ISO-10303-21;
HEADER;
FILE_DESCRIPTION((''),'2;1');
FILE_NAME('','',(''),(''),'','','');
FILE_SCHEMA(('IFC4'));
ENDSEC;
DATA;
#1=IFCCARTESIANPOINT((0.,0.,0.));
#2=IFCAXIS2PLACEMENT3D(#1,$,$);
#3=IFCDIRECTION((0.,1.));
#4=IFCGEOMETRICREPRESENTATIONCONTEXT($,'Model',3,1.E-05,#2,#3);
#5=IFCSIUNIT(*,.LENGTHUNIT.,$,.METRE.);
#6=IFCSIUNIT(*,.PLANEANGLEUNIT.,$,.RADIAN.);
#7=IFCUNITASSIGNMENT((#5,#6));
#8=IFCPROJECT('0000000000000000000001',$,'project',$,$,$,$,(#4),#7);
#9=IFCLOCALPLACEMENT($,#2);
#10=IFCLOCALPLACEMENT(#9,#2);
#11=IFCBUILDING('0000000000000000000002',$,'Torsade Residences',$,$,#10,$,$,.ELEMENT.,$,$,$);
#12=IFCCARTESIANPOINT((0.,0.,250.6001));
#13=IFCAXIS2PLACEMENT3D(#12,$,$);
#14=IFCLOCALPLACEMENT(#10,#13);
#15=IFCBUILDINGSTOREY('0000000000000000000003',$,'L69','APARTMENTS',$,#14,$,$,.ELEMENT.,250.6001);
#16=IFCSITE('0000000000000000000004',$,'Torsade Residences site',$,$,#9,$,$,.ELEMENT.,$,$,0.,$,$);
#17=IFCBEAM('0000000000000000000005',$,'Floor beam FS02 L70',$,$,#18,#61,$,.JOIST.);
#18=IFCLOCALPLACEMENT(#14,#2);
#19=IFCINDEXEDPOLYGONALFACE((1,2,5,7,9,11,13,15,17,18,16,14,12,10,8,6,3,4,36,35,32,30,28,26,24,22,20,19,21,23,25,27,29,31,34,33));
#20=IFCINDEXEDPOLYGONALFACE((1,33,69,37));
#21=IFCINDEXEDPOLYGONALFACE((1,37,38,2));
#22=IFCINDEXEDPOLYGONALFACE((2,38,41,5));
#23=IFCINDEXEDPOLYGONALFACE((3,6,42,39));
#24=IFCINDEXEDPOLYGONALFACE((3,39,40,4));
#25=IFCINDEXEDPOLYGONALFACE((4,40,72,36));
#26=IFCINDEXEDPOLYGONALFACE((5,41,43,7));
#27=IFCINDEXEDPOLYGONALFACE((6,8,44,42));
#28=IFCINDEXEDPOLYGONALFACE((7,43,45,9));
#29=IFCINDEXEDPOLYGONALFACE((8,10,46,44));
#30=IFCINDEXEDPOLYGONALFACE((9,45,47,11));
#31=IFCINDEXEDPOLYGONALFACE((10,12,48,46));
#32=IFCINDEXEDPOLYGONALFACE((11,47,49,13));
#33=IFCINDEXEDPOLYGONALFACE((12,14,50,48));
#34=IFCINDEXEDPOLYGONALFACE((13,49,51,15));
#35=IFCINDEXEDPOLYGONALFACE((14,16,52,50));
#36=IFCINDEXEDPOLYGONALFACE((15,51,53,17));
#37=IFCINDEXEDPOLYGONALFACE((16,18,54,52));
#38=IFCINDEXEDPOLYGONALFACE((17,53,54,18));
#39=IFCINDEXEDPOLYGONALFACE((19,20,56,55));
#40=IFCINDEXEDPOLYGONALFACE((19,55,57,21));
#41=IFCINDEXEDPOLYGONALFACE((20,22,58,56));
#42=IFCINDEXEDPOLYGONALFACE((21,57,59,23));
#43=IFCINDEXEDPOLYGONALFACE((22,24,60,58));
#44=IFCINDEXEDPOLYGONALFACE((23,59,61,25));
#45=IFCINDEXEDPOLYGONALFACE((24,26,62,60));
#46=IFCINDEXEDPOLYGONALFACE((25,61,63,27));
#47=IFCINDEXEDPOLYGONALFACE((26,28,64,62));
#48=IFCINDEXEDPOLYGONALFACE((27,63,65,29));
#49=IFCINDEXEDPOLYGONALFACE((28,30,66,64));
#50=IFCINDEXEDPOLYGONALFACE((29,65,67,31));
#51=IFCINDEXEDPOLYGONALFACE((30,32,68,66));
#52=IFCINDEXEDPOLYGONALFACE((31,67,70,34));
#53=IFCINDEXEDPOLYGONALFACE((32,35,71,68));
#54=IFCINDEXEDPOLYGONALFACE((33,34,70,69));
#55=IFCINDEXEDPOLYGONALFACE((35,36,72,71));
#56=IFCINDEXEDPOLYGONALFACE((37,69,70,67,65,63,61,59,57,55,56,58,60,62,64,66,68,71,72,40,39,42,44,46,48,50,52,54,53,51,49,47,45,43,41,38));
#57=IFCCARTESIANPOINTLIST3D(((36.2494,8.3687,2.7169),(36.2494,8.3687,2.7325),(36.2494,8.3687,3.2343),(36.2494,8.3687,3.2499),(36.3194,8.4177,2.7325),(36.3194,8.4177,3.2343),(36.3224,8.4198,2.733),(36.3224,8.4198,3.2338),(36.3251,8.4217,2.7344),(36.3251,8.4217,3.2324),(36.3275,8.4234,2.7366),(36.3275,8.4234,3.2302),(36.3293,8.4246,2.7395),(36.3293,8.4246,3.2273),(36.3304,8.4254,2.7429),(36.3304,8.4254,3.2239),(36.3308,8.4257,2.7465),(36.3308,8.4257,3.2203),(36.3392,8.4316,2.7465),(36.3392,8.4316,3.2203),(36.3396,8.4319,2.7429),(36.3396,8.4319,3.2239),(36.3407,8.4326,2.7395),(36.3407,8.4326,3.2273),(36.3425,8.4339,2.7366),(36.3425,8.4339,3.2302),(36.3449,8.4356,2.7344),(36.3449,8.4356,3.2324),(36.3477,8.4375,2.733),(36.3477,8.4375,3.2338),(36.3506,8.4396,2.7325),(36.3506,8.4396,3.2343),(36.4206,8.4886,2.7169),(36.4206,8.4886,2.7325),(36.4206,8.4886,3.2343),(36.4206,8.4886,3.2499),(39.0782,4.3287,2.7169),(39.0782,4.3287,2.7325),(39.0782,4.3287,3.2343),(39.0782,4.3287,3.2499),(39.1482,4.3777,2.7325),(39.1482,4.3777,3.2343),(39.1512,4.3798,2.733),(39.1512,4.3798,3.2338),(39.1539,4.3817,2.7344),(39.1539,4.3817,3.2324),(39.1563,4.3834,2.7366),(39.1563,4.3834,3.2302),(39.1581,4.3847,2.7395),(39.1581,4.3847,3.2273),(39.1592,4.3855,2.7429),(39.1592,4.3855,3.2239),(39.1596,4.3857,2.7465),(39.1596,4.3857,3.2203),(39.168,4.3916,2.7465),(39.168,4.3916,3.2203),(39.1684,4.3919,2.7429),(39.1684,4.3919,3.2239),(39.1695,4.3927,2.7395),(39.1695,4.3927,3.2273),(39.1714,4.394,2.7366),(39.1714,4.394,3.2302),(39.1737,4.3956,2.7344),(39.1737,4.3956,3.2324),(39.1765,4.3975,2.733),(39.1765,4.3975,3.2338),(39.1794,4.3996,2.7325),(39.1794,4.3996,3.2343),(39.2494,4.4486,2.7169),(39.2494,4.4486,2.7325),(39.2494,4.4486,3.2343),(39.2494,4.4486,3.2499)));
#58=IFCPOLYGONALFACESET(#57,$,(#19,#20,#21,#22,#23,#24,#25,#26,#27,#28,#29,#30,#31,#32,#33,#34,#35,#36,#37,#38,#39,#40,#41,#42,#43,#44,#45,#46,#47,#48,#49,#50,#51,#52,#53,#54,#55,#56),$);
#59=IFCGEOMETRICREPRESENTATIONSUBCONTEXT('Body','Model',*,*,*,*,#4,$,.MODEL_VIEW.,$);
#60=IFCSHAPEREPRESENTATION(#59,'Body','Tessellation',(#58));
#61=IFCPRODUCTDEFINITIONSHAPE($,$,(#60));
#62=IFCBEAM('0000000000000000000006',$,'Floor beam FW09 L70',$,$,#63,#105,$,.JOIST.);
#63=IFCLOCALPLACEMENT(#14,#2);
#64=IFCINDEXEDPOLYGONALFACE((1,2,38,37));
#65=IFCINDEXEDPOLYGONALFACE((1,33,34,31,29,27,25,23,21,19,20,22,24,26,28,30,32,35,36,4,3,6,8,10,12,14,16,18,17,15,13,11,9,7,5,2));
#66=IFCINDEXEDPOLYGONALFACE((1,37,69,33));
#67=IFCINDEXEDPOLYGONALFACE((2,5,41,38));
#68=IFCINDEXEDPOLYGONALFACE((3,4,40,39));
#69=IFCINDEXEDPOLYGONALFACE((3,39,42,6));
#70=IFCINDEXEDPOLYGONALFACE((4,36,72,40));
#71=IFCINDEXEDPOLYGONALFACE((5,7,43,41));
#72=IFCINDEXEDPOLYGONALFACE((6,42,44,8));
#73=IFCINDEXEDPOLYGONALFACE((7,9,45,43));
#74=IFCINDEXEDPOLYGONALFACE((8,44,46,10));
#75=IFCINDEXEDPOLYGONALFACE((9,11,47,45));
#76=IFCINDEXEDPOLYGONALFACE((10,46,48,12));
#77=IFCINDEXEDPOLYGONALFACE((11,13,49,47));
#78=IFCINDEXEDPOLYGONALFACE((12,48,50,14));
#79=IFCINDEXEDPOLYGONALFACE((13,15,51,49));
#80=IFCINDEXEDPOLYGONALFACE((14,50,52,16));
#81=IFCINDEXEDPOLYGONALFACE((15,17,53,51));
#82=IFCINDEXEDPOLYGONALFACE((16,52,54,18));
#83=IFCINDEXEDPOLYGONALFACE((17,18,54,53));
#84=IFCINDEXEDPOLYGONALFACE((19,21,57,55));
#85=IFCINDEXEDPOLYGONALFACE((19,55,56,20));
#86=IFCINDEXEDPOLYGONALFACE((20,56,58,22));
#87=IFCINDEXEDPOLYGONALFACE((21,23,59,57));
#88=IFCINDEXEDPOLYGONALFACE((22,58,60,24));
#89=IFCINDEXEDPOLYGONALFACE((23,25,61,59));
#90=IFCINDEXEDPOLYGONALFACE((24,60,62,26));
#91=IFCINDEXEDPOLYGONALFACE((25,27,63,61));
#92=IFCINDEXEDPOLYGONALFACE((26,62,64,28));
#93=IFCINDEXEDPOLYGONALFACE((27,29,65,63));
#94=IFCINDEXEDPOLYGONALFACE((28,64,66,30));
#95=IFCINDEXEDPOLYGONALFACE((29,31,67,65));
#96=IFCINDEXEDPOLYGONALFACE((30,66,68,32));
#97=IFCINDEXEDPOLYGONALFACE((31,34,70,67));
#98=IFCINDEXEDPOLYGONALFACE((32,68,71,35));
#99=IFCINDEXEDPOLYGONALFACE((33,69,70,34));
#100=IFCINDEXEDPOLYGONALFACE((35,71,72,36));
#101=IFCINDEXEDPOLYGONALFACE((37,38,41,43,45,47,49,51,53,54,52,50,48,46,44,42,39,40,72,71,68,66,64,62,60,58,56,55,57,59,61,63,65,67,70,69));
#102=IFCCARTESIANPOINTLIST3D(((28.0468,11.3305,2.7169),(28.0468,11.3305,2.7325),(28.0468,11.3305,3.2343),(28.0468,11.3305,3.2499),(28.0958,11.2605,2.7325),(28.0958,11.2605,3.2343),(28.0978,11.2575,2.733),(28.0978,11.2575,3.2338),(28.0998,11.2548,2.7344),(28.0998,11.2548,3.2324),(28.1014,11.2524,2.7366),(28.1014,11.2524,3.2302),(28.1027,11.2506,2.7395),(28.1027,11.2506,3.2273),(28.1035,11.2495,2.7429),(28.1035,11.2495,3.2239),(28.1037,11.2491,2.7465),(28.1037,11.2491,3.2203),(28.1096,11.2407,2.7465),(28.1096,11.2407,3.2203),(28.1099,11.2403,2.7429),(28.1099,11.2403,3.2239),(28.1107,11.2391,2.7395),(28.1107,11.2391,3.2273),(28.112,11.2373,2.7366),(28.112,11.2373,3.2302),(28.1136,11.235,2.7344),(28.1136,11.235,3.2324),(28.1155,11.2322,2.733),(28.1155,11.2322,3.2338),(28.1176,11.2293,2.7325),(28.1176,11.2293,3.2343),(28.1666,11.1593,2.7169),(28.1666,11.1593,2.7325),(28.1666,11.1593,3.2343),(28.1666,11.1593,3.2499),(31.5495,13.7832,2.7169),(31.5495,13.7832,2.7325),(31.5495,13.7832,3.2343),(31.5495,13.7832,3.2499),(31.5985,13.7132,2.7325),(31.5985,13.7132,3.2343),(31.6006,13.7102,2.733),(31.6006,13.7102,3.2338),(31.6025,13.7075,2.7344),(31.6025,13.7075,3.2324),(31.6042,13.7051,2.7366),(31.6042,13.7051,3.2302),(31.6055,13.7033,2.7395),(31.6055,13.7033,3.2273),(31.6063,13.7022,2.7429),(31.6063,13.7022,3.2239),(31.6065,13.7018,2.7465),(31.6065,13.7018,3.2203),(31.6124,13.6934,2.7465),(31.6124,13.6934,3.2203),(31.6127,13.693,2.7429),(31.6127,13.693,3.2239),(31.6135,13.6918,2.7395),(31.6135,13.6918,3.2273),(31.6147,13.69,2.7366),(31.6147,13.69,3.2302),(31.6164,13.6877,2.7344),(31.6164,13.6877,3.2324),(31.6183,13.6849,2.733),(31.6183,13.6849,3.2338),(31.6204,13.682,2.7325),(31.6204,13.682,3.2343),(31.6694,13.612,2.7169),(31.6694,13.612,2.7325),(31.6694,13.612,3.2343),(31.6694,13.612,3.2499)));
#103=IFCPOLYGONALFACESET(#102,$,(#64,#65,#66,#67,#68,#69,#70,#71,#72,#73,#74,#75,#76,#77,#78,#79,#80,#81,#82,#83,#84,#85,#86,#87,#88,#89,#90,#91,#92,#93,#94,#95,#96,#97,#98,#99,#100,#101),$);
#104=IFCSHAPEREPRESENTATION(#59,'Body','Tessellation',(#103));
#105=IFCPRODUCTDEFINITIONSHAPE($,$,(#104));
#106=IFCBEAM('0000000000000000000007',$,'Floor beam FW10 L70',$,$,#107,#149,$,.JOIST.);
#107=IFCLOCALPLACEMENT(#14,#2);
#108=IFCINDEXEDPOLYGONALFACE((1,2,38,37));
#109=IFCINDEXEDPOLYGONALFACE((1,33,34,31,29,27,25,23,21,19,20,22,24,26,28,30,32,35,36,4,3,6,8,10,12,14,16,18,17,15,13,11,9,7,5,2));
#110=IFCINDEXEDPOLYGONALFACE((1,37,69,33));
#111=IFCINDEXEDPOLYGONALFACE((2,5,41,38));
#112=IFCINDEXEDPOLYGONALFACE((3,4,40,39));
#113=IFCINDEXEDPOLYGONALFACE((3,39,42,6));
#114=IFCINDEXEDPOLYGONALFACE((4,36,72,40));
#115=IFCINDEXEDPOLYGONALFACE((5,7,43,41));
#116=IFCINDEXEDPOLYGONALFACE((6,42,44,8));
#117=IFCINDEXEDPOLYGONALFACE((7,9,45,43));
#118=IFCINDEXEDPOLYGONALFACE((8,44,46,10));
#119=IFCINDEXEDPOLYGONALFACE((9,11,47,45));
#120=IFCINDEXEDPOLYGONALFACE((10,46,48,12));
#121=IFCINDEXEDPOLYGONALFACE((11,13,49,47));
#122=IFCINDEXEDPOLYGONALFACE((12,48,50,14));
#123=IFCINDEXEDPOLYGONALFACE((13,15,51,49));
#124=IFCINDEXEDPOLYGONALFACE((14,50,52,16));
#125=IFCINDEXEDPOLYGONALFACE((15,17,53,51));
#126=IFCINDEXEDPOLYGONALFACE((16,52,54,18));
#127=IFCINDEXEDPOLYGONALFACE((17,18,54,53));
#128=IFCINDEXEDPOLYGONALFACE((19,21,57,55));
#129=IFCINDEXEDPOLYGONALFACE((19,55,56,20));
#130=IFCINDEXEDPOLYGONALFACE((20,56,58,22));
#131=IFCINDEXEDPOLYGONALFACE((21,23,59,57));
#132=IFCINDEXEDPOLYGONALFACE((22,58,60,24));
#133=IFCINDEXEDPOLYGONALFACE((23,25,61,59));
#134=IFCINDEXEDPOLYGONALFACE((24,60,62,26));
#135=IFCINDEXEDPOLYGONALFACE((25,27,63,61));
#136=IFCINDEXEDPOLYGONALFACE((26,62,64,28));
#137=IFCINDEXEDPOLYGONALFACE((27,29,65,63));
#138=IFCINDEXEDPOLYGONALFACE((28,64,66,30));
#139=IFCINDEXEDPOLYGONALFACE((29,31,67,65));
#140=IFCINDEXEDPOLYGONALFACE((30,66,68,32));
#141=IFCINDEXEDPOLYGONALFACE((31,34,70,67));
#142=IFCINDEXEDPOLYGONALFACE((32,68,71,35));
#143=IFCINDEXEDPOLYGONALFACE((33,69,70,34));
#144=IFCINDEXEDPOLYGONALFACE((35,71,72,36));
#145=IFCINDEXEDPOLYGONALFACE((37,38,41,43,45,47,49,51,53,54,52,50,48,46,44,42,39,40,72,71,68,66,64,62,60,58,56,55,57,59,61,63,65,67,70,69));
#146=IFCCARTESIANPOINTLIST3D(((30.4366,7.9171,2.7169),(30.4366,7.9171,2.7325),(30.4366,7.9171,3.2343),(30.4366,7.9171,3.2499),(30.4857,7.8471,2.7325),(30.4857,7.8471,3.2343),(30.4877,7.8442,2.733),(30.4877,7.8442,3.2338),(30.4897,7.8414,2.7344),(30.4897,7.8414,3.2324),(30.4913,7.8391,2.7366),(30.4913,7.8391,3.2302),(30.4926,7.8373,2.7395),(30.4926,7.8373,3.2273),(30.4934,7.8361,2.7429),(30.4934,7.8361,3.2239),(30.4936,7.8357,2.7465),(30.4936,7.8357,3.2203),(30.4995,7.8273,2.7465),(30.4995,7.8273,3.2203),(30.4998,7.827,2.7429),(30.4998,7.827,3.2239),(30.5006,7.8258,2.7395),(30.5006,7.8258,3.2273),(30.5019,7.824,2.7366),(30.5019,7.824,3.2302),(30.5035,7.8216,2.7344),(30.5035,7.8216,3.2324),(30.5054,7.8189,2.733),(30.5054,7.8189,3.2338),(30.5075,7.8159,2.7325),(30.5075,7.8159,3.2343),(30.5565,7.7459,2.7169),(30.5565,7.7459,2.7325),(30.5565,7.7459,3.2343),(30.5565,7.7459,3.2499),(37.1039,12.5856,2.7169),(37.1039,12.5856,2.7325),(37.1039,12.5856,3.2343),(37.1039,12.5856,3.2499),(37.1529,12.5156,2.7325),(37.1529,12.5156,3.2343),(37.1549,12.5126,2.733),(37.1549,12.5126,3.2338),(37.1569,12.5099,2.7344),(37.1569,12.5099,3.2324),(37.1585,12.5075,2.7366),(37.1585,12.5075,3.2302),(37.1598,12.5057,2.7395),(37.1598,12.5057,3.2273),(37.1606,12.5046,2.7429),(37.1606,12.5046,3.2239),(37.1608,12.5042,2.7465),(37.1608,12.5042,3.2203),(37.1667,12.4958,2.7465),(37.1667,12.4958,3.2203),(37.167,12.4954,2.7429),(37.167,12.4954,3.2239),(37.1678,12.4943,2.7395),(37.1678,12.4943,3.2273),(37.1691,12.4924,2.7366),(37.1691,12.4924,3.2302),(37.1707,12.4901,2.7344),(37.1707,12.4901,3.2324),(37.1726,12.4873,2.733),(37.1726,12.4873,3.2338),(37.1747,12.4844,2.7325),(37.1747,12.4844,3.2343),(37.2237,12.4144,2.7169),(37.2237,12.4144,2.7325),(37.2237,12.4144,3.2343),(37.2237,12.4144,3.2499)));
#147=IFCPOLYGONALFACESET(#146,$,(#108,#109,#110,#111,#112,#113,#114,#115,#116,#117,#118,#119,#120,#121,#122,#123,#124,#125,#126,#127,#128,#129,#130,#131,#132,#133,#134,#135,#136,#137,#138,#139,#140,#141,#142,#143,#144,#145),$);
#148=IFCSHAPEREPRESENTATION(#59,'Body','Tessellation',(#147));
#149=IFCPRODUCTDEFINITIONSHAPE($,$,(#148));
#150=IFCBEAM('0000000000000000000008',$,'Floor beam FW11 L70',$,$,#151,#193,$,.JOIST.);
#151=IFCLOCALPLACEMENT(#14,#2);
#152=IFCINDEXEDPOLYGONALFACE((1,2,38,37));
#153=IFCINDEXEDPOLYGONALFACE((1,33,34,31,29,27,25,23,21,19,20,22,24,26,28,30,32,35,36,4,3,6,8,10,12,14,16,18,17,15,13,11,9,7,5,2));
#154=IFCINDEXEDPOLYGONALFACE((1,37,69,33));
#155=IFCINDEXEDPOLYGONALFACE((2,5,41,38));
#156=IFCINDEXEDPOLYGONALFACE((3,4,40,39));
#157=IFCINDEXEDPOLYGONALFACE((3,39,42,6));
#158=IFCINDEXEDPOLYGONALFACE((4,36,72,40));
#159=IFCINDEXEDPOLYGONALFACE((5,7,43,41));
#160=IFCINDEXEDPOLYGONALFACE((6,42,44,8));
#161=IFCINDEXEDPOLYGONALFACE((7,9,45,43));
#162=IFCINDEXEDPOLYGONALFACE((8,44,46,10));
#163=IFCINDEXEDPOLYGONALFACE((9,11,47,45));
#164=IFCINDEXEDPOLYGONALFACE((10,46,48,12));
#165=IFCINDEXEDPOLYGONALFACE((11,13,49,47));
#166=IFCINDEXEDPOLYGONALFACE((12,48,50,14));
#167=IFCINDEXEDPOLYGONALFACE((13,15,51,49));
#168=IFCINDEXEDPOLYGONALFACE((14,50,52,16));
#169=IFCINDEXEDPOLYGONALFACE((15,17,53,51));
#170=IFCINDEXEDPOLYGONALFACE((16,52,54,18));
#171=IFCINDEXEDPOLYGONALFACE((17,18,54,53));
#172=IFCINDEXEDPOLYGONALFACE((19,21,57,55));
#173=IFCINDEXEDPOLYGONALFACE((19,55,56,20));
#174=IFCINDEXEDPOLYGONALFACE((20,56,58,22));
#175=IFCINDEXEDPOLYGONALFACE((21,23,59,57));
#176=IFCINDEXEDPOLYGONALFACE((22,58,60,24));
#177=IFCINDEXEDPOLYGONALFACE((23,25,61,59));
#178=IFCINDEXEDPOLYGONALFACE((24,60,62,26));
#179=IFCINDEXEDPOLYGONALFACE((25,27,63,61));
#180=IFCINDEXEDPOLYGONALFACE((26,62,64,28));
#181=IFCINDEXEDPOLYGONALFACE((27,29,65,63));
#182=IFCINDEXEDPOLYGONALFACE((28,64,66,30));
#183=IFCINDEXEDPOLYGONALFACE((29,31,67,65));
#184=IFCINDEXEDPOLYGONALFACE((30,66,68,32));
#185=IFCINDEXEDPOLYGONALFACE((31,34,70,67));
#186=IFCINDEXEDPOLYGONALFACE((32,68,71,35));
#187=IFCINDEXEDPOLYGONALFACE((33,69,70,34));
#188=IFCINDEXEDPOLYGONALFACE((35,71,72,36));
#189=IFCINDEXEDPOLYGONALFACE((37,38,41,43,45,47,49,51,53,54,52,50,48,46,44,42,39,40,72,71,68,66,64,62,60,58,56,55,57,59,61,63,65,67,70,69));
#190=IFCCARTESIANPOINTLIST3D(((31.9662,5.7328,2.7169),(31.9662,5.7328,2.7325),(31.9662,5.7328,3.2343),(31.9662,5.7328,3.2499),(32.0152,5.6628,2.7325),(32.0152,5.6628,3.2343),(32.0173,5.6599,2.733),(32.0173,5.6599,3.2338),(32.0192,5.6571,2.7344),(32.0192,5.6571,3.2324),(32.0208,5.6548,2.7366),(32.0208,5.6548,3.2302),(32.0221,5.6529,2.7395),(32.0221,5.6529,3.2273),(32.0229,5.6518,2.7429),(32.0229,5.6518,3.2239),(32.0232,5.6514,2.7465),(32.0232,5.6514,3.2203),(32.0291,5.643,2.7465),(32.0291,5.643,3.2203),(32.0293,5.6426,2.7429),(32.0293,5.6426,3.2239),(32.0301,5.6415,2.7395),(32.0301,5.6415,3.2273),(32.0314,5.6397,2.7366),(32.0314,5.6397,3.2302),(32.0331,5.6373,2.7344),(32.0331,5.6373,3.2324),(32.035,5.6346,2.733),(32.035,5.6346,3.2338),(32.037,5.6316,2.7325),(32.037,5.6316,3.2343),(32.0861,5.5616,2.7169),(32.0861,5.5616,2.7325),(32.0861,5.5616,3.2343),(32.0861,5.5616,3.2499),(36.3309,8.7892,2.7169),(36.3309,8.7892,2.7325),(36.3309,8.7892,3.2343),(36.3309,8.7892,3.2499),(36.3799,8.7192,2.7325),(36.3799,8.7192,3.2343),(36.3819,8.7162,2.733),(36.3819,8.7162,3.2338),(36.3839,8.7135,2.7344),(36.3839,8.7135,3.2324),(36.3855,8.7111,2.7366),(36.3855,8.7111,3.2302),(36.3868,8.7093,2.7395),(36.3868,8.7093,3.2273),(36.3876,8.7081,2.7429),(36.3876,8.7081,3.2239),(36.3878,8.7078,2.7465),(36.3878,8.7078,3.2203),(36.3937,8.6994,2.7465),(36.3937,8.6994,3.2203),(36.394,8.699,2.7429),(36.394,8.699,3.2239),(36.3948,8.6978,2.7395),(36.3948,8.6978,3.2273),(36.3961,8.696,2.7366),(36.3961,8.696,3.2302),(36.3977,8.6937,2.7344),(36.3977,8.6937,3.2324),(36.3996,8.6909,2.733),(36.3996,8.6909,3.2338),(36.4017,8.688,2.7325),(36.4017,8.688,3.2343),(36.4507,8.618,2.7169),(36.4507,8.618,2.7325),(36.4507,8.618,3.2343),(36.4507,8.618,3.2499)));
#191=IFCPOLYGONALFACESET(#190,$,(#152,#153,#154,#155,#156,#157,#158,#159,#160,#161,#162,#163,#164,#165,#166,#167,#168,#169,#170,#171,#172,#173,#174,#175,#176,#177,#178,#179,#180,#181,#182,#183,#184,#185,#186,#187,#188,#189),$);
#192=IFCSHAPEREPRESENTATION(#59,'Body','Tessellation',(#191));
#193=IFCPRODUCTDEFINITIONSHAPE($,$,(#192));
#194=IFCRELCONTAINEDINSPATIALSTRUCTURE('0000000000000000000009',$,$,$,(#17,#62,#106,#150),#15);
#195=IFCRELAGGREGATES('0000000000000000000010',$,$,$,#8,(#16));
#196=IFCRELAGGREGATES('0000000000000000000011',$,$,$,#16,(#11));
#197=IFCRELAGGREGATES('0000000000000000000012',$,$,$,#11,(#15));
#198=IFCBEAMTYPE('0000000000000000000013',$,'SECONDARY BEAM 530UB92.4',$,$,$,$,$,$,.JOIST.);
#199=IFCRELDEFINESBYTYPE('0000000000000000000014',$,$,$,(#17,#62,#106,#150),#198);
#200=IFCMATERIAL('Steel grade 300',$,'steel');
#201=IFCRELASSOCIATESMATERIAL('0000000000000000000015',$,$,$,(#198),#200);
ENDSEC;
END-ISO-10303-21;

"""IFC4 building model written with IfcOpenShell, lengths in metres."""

from ifc_helpers import new_model, si_unit, direction, frame, origin, origin_2d, place, context, subcontext, project, spatial, i_section, extrude, material, material_profile, profile_set, type_object, element, save


model = new_model("IFC4")

# Units and contexts
model_context = context("Model", 3, precision=1e-05, world=origin(), true_north=direction((0.0, 1.0)))
body_context = subcontext(model_context, "Body", "Model", "MODEL_VIEW")
ifc_project = project(units=[si_unit("LENGTHUNIT", "METRE"), si_unit("PLANEANGLEUNIT", "RADIAN")], contexts=[model_context])

# Site, building, storey
site_placement = place(None, origin())
site = spatial("IfcSite", under=ifc_project, at=site_placement, Name="Torsade Residences site", CompositionType="ELEMENT", RefElevation=0.0)
building_placement = place(site_placement, origin())
building = spatial("IfcBuilding", under=site, at=building_placement, Name="Torsade Residences", CompositionType="ELEMENT")
storey_placement = place(building_placement, frame((0.0, 0.0, 250.6001)))
storey = spatial("IfcBuildingStorey", under=building, at=storey_placement, Name="L69", Description="APARTMENTS", CompositionType="ELEMENT", Elevation=250.6001)

# Beams
ifc_material_1 = material(Name="Steel grade 300", Category="steel")
ifc_material_profile_1 = material_profile(ifc_material_1, i_section(OverallWidth=0.209, OverallDepth=0.533, WebThickness=0.0103, FlangeThickness=0.0156, FilletRadius=0.0139, at=origin_2d()), Name="530UB92.4")
ifc_profile_set_1 = profile_set([ifc_material_profile_1], Name="Steel grade 300")
beam_type_1 = type_object("IfcBeamType", Name="SECONDARY BEAM 530UB92.4", PredefinedType="JOIST", material=ifc_profile_set_1)
beam_1_placement = place(storey_placement, frame((39.1638, 4.3887, 2.9834), z_axis=(-0.573575, 0.819153, 0.0), x_axis=(-0.819153, -0.573575, 0.0)))
element("IfcBeam", 1, at=beam_1_placement, inside=storey, type_object=beam_type_1, Name="Floor beam FS02 L70", PredefinedType="JOIST", context=body_context, shape_type="SweptSolid", body=[
    extrude(i_section(OverallWidth=0.209, OverallDepth=0.533, WebThickness=0.0103, FlangeThickness=0.0156, FilletRadius=0.0139, at=origin_2d()), origin(), (0.0, 0.0, 1.0), 4.9319),
])
beam_2_placement = place(storey_placement, frame((28.1067, 11.2449, 2.9834), z_axis=(0.819149, 0.573581, 0.0), x_axis=(-0.573581, 0.819149, 0.0)))
element("IfcBeam", 2, at=beam_2_placement, inside=storey, type_object=beam_type_1, Name="Floor beam FW09 L70", PredefinedType="JOIST", context=body_context, shape_type="SweptSolid", body=[
    extrude(i_section(OverallWidth=0.209, OverallDepth=0.533, WebThickness=0.0103, FlangeThickness=0.0156, FilletRadius=0.0139, at=origin_2d()), origin(), (0.0, 0.0, 1.0), 4.2761),
])
beam_3_placement = place(storey_placement, frame((30.4966, 7.8315, 2.9834), z_axis=(0.819152, 0.573577, 0.0), x_axis=(-0.573577, 0.819152, 0.0)))
element("IfcBeam", 3, at=beam_3_placement, inside=storey, type_object=beam_type_1, Name="Floor beam FW10 L70", PredefinedType="JOIST", context=body_context, shape_type="SweptSolid", body=[
    extrude(i_section(OverallWidth=0.209, OverallDepth=0.533, WebThickness=0.0103, FlangeThickness=0.0156, FilletRadius=0.0139, at=origin_2d()), origin(), (0.0, 0.0, 1.0), 8.1392),
])
beam_4_placement = place(storey_placement, frame((32.0261, 5.6472, 2.9834), z_axis=(0.819137, 0.573598, 0.0), x_axis=(-0.573598, 0.819137, 0.0)))
element("IfcBeam", 4, at=beam_4_placement, inside=storey, type_object=beam_type_1, Name="Floor beam FW11 L70", PredefinedType="JOIST", context=body_context, shape_type="SweptSolid", body=[
    extrude(i_section(OverallWidth=0.209, OverallDepth=0.533, WebThickness=0.0103, FlangeThickness=0.0156, FilletRadius=0.0139, at=origin_2d()), origin(), (0.0, 0.0, 1.0), 5.3284),
])

save(model, "model.ifc")
